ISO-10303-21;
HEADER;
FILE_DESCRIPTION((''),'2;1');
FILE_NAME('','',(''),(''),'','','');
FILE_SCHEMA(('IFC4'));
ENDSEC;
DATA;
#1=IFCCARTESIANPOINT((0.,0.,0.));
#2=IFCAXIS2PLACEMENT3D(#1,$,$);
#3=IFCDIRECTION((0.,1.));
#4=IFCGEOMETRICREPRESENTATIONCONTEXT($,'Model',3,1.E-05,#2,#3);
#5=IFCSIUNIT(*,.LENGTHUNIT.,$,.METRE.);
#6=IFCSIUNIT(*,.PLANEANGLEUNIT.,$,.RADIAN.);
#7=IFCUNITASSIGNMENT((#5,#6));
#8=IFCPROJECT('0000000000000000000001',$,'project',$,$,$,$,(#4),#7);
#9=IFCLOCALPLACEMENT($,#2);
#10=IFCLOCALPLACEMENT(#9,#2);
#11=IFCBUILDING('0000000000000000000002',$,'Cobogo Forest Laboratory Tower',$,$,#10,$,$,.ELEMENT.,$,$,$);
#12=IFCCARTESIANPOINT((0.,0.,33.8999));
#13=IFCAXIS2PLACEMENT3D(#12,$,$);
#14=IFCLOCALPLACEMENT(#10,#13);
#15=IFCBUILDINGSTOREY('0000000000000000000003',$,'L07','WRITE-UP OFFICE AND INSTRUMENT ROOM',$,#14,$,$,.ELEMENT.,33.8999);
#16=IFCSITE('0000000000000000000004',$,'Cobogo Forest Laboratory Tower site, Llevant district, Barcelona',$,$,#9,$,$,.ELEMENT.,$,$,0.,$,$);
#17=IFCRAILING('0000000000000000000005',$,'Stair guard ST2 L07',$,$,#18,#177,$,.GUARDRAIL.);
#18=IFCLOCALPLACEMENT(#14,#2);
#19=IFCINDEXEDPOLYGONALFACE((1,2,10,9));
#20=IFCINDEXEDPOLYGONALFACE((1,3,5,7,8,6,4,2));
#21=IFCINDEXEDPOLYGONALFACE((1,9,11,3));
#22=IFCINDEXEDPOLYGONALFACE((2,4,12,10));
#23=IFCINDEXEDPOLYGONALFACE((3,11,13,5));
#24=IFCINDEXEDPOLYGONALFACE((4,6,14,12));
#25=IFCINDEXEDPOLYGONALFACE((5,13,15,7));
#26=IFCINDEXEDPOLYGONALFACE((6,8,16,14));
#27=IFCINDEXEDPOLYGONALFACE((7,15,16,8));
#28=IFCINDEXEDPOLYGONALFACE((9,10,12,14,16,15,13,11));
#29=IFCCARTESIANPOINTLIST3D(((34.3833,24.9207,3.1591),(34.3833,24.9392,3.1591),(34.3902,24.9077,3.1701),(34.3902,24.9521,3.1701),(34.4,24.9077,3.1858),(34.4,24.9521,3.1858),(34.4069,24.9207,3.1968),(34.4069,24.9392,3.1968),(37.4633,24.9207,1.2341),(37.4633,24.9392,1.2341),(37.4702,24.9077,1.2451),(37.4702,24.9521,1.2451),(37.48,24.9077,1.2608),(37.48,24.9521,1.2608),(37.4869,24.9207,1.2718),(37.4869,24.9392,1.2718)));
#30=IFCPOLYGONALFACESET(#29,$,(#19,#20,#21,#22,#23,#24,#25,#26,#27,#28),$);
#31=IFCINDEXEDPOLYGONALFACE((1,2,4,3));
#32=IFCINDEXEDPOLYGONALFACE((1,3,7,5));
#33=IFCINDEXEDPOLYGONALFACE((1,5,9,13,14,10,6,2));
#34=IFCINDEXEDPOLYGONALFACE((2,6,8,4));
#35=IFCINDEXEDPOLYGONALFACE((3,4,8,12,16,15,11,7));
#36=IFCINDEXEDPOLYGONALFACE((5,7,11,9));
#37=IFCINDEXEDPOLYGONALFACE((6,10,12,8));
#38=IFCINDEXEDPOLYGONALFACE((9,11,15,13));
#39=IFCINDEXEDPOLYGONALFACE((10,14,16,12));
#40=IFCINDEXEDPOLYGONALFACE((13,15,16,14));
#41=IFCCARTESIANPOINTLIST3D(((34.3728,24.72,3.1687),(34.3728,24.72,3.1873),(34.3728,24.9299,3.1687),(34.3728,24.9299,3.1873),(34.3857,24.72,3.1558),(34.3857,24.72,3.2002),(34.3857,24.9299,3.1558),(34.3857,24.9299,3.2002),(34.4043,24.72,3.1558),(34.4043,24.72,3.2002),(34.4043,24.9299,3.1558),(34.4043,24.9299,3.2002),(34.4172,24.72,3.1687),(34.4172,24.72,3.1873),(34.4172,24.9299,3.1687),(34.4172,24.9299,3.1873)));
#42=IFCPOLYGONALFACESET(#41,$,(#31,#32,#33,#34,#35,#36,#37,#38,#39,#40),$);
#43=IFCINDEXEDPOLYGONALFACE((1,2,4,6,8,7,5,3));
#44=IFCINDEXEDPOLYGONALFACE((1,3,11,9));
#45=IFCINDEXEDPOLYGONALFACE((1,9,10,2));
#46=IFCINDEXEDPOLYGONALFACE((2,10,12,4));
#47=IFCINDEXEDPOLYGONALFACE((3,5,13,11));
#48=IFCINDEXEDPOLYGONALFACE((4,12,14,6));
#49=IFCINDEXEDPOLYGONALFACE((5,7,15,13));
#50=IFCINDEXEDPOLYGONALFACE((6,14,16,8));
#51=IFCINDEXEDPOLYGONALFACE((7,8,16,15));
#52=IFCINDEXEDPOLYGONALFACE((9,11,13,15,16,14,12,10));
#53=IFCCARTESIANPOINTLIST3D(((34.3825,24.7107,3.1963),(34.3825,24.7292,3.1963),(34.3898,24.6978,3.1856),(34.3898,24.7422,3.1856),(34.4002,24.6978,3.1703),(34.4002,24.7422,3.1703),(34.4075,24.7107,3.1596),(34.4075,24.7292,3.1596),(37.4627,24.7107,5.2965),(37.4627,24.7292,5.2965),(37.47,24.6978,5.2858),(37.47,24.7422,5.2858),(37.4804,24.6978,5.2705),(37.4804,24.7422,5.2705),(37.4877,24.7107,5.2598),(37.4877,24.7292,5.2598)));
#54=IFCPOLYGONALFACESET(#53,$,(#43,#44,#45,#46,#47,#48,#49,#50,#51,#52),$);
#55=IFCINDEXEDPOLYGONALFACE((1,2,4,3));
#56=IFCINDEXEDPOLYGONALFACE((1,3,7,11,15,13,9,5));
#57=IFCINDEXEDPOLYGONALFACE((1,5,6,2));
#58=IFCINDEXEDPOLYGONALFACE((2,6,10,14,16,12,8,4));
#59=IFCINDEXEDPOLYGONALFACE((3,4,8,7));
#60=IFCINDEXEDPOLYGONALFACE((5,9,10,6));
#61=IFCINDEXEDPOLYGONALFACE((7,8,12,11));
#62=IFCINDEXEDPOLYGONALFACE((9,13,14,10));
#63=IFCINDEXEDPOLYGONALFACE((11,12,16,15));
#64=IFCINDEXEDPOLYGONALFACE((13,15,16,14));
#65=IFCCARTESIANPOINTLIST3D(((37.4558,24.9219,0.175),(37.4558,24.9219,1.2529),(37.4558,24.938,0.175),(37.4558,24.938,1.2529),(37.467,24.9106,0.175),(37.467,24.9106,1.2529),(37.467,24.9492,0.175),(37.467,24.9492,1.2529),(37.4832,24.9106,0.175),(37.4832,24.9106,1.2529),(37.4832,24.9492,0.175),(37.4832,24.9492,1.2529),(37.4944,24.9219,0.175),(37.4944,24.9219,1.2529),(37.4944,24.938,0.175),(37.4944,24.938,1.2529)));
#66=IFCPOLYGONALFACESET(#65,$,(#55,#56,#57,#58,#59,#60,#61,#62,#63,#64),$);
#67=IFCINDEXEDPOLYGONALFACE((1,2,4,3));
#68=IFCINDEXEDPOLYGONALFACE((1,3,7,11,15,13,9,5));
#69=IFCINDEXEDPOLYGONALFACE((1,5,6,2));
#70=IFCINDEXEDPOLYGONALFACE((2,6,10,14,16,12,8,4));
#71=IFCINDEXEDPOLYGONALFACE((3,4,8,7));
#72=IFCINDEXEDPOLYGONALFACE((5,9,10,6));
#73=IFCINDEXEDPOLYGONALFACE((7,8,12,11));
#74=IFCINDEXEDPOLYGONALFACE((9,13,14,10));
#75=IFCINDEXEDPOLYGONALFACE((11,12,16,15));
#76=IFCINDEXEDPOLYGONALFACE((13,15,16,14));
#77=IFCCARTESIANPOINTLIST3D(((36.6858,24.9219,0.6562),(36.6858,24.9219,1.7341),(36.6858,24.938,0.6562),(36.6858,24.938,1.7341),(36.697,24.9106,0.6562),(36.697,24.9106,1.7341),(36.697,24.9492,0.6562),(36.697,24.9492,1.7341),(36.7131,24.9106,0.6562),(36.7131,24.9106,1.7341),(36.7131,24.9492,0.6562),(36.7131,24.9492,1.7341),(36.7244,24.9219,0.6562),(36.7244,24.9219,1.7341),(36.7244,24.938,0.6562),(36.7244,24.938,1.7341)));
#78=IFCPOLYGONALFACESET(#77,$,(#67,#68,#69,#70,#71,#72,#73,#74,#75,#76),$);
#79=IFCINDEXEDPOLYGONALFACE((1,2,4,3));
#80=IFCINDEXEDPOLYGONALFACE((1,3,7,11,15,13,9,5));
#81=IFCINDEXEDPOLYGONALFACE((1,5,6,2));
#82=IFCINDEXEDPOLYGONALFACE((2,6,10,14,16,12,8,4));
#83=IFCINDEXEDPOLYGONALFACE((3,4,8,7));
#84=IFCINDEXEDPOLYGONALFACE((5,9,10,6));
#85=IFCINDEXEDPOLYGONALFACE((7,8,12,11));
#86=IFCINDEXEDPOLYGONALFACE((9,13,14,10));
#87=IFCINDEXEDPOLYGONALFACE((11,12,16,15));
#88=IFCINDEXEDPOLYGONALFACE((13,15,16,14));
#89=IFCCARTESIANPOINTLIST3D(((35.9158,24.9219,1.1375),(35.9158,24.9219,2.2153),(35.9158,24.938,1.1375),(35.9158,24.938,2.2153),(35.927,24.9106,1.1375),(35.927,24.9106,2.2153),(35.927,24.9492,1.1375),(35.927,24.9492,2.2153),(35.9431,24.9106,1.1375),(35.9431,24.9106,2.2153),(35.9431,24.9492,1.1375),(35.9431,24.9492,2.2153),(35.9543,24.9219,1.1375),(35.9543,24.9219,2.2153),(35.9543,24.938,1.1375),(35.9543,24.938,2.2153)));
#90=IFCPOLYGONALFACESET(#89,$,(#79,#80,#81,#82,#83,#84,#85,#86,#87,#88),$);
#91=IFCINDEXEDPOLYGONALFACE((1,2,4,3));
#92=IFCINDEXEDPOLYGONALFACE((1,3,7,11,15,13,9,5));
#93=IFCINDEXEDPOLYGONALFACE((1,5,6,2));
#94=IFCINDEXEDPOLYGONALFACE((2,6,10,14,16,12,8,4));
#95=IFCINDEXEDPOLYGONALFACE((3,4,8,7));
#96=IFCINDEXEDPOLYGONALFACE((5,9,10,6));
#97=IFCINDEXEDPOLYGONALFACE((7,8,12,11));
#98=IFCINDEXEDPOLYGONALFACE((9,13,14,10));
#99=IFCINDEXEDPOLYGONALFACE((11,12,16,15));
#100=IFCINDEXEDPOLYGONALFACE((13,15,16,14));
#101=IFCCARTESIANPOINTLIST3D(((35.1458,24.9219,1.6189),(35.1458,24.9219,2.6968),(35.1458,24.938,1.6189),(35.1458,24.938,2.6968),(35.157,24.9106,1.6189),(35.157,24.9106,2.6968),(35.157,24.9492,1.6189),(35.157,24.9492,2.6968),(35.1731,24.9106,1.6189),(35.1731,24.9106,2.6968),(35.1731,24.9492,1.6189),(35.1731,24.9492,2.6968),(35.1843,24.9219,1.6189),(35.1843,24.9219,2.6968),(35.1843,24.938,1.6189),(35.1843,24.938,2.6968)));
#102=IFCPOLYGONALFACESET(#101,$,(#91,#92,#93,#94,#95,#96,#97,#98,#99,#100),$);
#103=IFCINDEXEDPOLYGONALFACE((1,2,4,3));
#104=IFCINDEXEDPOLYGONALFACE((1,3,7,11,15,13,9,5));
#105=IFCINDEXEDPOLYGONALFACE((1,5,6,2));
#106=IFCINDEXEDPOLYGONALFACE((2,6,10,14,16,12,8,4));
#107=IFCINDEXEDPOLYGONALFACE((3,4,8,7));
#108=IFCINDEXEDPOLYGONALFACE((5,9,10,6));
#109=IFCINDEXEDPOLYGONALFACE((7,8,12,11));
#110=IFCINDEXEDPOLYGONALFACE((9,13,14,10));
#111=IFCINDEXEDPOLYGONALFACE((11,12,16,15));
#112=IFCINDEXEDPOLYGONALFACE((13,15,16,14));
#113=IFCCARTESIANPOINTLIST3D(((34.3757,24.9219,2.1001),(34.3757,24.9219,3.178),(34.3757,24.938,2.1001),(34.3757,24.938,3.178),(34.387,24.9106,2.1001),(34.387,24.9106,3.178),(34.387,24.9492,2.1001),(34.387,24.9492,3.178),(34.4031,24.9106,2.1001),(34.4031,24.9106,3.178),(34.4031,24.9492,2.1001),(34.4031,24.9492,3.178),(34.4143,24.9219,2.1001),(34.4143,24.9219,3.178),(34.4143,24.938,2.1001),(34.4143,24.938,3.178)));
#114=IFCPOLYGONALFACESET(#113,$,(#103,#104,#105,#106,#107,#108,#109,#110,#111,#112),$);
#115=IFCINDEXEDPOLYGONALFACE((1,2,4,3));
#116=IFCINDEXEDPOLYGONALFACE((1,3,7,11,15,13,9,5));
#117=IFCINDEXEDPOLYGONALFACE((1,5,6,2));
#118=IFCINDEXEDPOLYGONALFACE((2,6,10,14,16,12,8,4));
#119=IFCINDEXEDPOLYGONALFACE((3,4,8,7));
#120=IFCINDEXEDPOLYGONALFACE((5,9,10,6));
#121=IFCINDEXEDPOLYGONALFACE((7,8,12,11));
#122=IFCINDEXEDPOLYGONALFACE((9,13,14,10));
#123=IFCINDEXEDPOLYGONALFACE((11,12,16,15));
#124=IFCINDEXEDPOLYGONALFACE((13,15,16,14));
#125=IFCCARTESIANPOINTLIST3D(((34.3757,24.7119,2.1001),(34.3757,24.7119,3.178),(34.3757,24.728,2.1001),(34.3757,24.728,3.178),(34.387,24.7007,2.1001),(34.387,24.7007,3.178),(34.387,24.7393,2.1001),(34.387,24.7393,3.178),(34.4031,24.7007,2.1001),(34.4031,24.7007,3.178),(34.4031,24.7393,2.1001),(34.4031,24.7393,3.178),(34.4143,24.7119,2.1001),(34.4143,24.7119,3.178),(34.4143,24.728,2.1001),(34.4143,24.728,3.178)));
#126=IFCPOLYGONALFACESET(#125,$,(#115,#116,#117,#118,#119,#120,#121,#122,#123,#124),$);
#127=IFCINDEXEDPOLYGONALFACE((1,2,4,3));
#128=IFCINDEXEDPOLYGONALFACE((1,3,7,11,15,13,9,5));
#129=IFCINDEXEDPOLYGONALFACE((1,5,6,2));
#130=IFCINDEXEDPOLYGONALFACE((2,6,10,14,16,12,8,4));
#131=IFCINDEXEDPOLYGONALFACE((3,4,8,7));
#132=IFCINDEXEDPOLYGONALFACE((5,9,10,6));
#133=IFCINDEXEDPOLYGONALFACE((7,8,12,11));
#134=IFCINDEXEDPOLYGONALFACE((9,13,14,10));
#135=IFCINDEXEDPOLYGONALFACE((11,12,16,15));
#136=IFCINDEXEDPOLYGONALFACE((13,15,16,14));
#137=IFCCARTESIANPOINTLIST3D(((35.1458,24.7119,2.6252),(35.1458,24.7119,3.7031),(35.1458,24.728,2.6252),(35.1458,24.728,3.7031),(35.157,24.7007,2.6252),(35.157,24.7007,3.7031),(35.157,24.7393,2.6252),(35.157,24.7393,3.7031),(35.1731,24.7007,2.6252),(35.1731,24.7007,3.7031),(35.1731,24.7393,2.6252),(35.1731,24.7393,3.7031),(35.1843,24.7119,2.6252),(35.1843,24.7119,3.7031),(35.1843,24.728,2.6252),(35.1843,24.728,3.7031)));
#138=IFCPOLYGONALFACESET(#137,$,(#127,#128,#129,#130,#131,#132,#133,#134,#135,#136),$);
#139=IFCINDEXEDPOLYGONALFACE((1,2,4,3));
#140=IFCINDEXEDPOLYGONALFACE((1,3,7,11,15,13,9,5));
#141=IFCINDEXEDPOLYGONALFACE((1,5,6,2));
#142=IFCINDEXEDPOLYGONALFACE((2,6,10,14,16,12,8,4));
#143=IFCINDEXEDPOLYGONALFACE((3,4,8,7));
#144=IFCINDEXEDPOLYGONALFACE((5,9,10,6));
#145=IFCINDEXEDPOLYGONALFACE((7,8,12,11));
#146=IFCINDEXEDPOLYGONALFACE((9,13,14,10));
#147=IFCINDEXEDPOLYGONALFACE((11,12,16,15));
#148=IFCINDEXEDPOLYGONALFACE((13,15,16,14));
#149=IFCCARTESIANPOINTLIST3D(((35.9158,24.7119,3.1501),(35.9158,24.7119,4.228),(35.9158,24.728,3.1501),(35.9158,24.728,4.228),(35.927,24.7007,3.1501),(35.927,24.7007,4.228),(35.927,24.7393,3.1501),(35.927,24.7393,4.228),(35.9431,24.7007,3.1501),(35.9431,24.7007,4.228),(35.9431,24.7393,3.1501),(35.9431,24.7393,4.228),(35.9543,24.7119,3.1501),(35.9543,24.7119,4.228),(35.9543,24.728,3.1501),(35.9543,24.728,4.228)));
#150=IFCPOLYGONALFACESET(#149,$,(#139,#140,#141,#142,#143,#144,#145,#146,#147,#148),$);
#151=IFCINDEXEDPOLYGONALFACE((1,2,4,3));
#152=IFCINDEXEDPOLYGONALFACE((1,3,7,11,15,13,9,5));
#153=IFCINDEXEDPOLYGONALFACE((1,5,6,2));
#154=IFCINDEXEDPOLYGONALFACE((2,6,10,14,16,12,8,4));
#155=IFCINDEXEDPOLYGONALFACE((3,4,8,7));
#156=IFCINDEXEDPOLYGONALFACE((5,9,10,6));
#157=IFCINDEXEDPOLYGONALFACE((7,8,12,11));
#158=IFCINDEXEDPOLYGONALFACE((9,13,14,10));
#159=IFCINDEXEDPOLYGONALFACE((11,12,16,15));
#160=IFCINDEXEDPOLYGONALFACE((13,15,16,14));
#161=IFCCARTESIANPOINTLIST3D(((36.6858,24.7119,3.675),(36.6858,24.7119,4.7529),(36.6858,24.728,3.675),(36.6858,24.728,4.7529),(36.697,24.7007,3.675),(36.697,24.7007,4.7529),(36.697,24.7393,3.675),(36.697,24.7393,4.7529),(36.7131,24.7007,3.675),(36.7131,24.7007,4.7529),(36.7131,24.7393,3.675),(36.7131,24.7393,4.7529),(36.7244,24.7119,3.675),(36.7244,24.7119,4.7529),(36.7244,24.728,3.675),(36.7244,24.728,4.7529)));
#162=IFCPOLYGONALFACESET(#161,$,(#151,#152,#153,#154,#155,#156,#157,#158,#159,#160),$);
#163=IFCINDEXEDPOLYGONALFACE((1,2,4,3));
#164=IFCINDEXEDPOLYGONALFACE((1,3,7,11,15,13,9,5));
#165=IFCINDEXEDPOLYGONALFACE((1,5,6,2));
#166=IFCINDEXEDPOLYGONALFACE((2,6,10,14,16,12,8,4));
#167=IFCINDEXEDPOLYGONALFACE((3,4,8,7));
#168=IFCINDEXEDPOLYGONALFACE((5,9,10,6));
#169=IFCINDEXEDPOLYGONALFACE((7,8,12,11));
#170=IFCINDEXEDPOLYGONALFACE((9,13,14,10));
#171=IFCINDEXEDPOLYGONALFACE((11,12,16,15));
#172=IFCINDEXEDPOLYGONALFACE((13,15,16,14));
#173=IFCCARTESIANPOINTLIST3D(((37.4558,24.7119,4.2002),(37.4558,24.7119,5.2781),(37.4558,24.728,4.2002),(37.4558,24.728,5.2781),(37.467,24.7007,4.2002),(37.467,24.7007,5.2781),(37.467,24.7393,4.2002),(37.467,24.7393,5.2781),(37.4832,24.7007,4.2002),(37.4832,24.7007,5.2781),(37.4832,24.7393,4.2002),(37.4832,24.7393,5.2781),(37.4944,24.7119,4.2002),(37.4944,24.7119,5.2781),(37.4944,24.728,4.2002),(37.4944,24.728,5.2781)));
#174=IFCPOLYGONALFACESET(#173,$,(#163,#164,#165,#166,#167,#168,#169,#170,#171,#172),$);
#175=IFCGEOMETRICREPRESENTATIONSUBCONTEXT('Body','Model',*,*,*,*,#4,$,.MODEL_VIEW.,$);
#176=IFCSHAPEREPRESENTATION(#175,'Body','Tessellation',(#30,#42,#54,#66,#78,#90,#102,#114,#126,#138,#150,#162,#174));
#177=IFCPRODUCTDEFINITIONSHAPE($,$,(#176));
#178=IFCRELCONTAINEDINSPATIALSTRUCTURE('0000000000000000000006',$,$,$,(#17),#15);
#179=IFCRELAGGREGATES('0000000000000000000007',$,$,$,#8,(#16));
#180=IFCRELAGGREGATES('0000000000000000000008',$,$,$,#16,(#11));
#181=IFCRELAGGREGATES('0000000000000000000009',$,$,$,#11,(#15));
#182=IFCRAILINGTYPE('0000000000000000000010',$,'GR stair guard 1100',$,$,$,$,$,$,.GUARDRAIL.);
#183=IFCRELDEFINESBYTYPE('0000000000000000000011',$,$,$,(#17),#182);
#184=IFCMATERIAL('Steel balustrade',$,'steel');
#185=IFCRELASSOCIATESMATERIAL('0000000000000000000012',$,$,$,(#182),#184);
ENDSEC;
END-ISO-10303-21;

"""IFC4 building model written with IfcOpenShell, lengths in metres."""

from ifc_helpers import new_model, si_unit, direction, frame, origin, place, context, subcontext, project, spatial, polyline, outline, extrude, material, type_object, element, save


model = new_model("IFC4")

# Units and contexts
model_context = context("Model", 3, precision=1e-05, world=origin(), true_north=direction((0.0, 1.0)))
body_context = subcontext(model_context, "Body", "Model", "MODEL_VIEW")
ifc_project = project(units=[si_unit("LENGTHUNIT", "METRE"), si_unit("PLANEANGLEUNIT", "RADIAN")], contexts=[model_context])

# Site, building, storey
site_placement = place(None, origin())
site = spatial("IfcSite", under=ifc_project, at=site_placement, Name="Cobogo Forest Laboratory Tower site, Llevant district, Barcelona", CompositionType="ELEMENT", RefElevation=0.0)
building_placement = place(site_placement, origin())
building = spatial("IfcBuilding", under=site, at=building_placement, Name="Cobogo Forest Laboratory Tower", CompositionType="ELEMENT")
storey_placement = place(building_placement, frame((0.0, 0.0, 33.8999)))
storey = spatial("IfcBuildingStorey", under=building, at=storey_placement, Name="L07", Description="WRITE-UP OFFICE AND INSTRUMENT ROOM", CompositionType="ELEMENT", Elevation=33.8999)

# Railing
ifc_material_1 = material(Name="Steel balustrade", Category="steel")
railing_type_1 = type_object("IfcRailingType", Name="GR stair guard 1100", PredefinedType="GUARDRAIL", material=ifc_material_1)
railing_1_placement = place(storey_placement, frame((37.4751, 24.9299, 0.175)))
element("IfcRailing", 1, at=railing_1_placement, inside=storey, type_object=railing_type_1, Name="Stair guard ST2 L07", PredefinedType="GUARDRAIL", context=body_context, shape_type="SweptSolid", body=[
    extrude(outline(polyline([(0.0222, 0.0093), (0.0093, 0.0222), (-0.0093, 0.0222), (-0.0222, 0.0093), (-0.0222, -0.0093), (-0.0093, -0.0222), (0.0093, -0.0222), (0.0222, -0.0093), (0.0222, 0.0093)])), frame((0.0, 0.0, 1.0779), z_axis=(-0.847998, 0.0, 0.529999), x_axis=(0.0, -1.0, 0.0)), (0.0, 0.0, 1.0), 3.6321),
    extrude(outline(polyline([(0.0222, 0.0093), (0.0093, 0.0222), (-0.0093, 0.0222), (-0.0222, 0.0093), (-0.0222, -0.0093), (-0.0093, -0.0222), (0.0093, -0.0222), (0.0222, -0.0093), (0.0222, 0.0093)])), frame((-3.0801, 0.0, 3.0029), z_axis=(0.0, -1.0, 0.0), x_axis=(1.0, 0.0, 0.0)), (0.0, 0.0, 1.0), 0.21),
    extrude(outline(polyline([(0.0222, 0.0093), (0.0093, 0.0222), (-0.0093, 0.0222), (-0.0222, 0.0093), (-0.0222, -0.0093), (-0.0093, -0.0222), (0.0093, -0.0222), (0.0222, -0.0093), (0.0222, 0.0093)])), frame((-3.0801, -0.21, 3.0029), z_axis=(0.826222, 0.0, 0.563345), x_axis=(0.0, 1.0, 0.0)), (0.0, 0.0, 1.0), 3.728),
    extrude(outline(polyline([(0.0193, 0.0081), (0.0081, 0.0193), (-0.0081, 0.0193), (-0.0193, 0.0081), (-0.0193, -0.0081), (-0.0081, -0.0193), (0.0081, -0.0193), (0.0193, -0.0081), (0.0193, 0.0081)])), origin(), (0.0, 0.0, 1.0), 1.0779),
    extrude(outline(polyline([(0.0193, 0.0081), (0.0081, 0.0193), (-0.0081, 0.0193), (-0.0193, 0.0081), (-0.0193, -0.0081), (-0.0081, -0.0193), (0.0081, -0.0193), (0.0193, -0.0081), (0.0193, 0.0081)])), frame((-0.77, 0.0, 0.4812)), (0.0, 0.0, 1.0), 1.0779),
    extrude(outline(polyline([(0.0193, 0.0081), (0.0081, 0.0193), (-0.0081, 0.0193), (-0.0193, 0.0081), (-0.0193, -0.0081), (-0.0081, -0.0193), (0.0081, -0.0193), (0.0193, -0.0081), (0.0193, 0.0081)])), frame((-1.54, 0.0, 0.9624)), (0.0, 0.0, 1.0), 1.0779),
    extrude(outline(polyline([(0.0193, 0.0081), (0.0081, 0.0193), (-0.0081, 0.0193), (-0.0193, 0.0081), (-0.0193, -0.0081), (-0.0081, -0.0193), (0.0081, -0.0193), (0.0193, -0.0081), (0.0193, 0.0081)])), frame((-2.3101, 0.0, 1.4438)), (0.0, 0.0, 1.0), 1.0779),
    extrude(outline(polyline([(0.0193, 0.0081), (0.0081, 0.0193), (-0.0081, 0.0193), (-0.0193, 0.0081), (-0.0193, -0.0081), (-0.0081, -0.0193), (0.0081, -0.0193), (0.0193, -0.0081), (0.0193, 0.0081)])), frame((-3.0801, 0.0, 1.925)), (0.0, 0.0, 1.0), 1.0779),
    extrude(outline(polyline([(0.0193, 0.0081), (0.0081, 0.0193), (-0.0081, 0.0193), (-0.0193, 0.0081), (-0.0193, -0.0081), (-0.0081, -0.0193), (0.0081, -0.0193), (0.0193, -0.0081), (0.0193, 0.0081)])), frame((-3.0801, -0.21, 1.925)), (0.0, 0.0, 1.0), 1.0779),
    extrude(outline(polyline([(0.0193, 0.0081), (0.0081, 0.0193), (-0.0081, 0.0193), (-0.0193, 0.0081), (-0.0193, -0.0081), (-0.0081, -0.0193), (0.0081, -0.0193), (0.0193, -0.0081), (0.0193, 0.0081)])), frame((-2.3101, -0.21, 2.4502)), (0.0, 0.0, 1.0), 1.0779),
    extrude(outline(polyline([(0.0193, 0.0081), (0.0081, 0.0193), (-0.0081, 0.0193), (-0.0193, 0.0081), (-0.0193, -0.0081), (-0.0081, -0.0193), (0.0081, -0.0193), (0.0193, -0.0081), (0.0193, 0.0081)])), frame((-1.54, -0.21, 2.9751)), (0.0, 0.0, 1.0), 1.0779),
    extrude(outline(polyline([(0.0193, 0.0081), (0.0081, 0.0193), (-0.0081, 0.0193), (-0.0193, 0.0081), (-0.0193, -0.0081), (-0.0081, -0.0193), (0.0081, -0.0193), (0.0193, -0.0081), (0.0193, 0.0081)])), frame((-0.77, -0.21, 3.5)), (0.0, 0.0, 1.0), 1.0779),
    extrude(outline(polyline([(0.0193, 0.0081), (0.0081, 0.0193), (-0.0081, 0.0193), (-0.0193, 0.0081), (-0.0193, -0.0081), (-0.0081, -0.0193), (0.0081, -0.0193), (0.0193, -0.0081), (0.0193, 0.0081)])), frame((0.0, -0.21, 4.0251)), (0.0, 0.0, 1.0), 1.0779),
])

save(model, "model.ifc")
